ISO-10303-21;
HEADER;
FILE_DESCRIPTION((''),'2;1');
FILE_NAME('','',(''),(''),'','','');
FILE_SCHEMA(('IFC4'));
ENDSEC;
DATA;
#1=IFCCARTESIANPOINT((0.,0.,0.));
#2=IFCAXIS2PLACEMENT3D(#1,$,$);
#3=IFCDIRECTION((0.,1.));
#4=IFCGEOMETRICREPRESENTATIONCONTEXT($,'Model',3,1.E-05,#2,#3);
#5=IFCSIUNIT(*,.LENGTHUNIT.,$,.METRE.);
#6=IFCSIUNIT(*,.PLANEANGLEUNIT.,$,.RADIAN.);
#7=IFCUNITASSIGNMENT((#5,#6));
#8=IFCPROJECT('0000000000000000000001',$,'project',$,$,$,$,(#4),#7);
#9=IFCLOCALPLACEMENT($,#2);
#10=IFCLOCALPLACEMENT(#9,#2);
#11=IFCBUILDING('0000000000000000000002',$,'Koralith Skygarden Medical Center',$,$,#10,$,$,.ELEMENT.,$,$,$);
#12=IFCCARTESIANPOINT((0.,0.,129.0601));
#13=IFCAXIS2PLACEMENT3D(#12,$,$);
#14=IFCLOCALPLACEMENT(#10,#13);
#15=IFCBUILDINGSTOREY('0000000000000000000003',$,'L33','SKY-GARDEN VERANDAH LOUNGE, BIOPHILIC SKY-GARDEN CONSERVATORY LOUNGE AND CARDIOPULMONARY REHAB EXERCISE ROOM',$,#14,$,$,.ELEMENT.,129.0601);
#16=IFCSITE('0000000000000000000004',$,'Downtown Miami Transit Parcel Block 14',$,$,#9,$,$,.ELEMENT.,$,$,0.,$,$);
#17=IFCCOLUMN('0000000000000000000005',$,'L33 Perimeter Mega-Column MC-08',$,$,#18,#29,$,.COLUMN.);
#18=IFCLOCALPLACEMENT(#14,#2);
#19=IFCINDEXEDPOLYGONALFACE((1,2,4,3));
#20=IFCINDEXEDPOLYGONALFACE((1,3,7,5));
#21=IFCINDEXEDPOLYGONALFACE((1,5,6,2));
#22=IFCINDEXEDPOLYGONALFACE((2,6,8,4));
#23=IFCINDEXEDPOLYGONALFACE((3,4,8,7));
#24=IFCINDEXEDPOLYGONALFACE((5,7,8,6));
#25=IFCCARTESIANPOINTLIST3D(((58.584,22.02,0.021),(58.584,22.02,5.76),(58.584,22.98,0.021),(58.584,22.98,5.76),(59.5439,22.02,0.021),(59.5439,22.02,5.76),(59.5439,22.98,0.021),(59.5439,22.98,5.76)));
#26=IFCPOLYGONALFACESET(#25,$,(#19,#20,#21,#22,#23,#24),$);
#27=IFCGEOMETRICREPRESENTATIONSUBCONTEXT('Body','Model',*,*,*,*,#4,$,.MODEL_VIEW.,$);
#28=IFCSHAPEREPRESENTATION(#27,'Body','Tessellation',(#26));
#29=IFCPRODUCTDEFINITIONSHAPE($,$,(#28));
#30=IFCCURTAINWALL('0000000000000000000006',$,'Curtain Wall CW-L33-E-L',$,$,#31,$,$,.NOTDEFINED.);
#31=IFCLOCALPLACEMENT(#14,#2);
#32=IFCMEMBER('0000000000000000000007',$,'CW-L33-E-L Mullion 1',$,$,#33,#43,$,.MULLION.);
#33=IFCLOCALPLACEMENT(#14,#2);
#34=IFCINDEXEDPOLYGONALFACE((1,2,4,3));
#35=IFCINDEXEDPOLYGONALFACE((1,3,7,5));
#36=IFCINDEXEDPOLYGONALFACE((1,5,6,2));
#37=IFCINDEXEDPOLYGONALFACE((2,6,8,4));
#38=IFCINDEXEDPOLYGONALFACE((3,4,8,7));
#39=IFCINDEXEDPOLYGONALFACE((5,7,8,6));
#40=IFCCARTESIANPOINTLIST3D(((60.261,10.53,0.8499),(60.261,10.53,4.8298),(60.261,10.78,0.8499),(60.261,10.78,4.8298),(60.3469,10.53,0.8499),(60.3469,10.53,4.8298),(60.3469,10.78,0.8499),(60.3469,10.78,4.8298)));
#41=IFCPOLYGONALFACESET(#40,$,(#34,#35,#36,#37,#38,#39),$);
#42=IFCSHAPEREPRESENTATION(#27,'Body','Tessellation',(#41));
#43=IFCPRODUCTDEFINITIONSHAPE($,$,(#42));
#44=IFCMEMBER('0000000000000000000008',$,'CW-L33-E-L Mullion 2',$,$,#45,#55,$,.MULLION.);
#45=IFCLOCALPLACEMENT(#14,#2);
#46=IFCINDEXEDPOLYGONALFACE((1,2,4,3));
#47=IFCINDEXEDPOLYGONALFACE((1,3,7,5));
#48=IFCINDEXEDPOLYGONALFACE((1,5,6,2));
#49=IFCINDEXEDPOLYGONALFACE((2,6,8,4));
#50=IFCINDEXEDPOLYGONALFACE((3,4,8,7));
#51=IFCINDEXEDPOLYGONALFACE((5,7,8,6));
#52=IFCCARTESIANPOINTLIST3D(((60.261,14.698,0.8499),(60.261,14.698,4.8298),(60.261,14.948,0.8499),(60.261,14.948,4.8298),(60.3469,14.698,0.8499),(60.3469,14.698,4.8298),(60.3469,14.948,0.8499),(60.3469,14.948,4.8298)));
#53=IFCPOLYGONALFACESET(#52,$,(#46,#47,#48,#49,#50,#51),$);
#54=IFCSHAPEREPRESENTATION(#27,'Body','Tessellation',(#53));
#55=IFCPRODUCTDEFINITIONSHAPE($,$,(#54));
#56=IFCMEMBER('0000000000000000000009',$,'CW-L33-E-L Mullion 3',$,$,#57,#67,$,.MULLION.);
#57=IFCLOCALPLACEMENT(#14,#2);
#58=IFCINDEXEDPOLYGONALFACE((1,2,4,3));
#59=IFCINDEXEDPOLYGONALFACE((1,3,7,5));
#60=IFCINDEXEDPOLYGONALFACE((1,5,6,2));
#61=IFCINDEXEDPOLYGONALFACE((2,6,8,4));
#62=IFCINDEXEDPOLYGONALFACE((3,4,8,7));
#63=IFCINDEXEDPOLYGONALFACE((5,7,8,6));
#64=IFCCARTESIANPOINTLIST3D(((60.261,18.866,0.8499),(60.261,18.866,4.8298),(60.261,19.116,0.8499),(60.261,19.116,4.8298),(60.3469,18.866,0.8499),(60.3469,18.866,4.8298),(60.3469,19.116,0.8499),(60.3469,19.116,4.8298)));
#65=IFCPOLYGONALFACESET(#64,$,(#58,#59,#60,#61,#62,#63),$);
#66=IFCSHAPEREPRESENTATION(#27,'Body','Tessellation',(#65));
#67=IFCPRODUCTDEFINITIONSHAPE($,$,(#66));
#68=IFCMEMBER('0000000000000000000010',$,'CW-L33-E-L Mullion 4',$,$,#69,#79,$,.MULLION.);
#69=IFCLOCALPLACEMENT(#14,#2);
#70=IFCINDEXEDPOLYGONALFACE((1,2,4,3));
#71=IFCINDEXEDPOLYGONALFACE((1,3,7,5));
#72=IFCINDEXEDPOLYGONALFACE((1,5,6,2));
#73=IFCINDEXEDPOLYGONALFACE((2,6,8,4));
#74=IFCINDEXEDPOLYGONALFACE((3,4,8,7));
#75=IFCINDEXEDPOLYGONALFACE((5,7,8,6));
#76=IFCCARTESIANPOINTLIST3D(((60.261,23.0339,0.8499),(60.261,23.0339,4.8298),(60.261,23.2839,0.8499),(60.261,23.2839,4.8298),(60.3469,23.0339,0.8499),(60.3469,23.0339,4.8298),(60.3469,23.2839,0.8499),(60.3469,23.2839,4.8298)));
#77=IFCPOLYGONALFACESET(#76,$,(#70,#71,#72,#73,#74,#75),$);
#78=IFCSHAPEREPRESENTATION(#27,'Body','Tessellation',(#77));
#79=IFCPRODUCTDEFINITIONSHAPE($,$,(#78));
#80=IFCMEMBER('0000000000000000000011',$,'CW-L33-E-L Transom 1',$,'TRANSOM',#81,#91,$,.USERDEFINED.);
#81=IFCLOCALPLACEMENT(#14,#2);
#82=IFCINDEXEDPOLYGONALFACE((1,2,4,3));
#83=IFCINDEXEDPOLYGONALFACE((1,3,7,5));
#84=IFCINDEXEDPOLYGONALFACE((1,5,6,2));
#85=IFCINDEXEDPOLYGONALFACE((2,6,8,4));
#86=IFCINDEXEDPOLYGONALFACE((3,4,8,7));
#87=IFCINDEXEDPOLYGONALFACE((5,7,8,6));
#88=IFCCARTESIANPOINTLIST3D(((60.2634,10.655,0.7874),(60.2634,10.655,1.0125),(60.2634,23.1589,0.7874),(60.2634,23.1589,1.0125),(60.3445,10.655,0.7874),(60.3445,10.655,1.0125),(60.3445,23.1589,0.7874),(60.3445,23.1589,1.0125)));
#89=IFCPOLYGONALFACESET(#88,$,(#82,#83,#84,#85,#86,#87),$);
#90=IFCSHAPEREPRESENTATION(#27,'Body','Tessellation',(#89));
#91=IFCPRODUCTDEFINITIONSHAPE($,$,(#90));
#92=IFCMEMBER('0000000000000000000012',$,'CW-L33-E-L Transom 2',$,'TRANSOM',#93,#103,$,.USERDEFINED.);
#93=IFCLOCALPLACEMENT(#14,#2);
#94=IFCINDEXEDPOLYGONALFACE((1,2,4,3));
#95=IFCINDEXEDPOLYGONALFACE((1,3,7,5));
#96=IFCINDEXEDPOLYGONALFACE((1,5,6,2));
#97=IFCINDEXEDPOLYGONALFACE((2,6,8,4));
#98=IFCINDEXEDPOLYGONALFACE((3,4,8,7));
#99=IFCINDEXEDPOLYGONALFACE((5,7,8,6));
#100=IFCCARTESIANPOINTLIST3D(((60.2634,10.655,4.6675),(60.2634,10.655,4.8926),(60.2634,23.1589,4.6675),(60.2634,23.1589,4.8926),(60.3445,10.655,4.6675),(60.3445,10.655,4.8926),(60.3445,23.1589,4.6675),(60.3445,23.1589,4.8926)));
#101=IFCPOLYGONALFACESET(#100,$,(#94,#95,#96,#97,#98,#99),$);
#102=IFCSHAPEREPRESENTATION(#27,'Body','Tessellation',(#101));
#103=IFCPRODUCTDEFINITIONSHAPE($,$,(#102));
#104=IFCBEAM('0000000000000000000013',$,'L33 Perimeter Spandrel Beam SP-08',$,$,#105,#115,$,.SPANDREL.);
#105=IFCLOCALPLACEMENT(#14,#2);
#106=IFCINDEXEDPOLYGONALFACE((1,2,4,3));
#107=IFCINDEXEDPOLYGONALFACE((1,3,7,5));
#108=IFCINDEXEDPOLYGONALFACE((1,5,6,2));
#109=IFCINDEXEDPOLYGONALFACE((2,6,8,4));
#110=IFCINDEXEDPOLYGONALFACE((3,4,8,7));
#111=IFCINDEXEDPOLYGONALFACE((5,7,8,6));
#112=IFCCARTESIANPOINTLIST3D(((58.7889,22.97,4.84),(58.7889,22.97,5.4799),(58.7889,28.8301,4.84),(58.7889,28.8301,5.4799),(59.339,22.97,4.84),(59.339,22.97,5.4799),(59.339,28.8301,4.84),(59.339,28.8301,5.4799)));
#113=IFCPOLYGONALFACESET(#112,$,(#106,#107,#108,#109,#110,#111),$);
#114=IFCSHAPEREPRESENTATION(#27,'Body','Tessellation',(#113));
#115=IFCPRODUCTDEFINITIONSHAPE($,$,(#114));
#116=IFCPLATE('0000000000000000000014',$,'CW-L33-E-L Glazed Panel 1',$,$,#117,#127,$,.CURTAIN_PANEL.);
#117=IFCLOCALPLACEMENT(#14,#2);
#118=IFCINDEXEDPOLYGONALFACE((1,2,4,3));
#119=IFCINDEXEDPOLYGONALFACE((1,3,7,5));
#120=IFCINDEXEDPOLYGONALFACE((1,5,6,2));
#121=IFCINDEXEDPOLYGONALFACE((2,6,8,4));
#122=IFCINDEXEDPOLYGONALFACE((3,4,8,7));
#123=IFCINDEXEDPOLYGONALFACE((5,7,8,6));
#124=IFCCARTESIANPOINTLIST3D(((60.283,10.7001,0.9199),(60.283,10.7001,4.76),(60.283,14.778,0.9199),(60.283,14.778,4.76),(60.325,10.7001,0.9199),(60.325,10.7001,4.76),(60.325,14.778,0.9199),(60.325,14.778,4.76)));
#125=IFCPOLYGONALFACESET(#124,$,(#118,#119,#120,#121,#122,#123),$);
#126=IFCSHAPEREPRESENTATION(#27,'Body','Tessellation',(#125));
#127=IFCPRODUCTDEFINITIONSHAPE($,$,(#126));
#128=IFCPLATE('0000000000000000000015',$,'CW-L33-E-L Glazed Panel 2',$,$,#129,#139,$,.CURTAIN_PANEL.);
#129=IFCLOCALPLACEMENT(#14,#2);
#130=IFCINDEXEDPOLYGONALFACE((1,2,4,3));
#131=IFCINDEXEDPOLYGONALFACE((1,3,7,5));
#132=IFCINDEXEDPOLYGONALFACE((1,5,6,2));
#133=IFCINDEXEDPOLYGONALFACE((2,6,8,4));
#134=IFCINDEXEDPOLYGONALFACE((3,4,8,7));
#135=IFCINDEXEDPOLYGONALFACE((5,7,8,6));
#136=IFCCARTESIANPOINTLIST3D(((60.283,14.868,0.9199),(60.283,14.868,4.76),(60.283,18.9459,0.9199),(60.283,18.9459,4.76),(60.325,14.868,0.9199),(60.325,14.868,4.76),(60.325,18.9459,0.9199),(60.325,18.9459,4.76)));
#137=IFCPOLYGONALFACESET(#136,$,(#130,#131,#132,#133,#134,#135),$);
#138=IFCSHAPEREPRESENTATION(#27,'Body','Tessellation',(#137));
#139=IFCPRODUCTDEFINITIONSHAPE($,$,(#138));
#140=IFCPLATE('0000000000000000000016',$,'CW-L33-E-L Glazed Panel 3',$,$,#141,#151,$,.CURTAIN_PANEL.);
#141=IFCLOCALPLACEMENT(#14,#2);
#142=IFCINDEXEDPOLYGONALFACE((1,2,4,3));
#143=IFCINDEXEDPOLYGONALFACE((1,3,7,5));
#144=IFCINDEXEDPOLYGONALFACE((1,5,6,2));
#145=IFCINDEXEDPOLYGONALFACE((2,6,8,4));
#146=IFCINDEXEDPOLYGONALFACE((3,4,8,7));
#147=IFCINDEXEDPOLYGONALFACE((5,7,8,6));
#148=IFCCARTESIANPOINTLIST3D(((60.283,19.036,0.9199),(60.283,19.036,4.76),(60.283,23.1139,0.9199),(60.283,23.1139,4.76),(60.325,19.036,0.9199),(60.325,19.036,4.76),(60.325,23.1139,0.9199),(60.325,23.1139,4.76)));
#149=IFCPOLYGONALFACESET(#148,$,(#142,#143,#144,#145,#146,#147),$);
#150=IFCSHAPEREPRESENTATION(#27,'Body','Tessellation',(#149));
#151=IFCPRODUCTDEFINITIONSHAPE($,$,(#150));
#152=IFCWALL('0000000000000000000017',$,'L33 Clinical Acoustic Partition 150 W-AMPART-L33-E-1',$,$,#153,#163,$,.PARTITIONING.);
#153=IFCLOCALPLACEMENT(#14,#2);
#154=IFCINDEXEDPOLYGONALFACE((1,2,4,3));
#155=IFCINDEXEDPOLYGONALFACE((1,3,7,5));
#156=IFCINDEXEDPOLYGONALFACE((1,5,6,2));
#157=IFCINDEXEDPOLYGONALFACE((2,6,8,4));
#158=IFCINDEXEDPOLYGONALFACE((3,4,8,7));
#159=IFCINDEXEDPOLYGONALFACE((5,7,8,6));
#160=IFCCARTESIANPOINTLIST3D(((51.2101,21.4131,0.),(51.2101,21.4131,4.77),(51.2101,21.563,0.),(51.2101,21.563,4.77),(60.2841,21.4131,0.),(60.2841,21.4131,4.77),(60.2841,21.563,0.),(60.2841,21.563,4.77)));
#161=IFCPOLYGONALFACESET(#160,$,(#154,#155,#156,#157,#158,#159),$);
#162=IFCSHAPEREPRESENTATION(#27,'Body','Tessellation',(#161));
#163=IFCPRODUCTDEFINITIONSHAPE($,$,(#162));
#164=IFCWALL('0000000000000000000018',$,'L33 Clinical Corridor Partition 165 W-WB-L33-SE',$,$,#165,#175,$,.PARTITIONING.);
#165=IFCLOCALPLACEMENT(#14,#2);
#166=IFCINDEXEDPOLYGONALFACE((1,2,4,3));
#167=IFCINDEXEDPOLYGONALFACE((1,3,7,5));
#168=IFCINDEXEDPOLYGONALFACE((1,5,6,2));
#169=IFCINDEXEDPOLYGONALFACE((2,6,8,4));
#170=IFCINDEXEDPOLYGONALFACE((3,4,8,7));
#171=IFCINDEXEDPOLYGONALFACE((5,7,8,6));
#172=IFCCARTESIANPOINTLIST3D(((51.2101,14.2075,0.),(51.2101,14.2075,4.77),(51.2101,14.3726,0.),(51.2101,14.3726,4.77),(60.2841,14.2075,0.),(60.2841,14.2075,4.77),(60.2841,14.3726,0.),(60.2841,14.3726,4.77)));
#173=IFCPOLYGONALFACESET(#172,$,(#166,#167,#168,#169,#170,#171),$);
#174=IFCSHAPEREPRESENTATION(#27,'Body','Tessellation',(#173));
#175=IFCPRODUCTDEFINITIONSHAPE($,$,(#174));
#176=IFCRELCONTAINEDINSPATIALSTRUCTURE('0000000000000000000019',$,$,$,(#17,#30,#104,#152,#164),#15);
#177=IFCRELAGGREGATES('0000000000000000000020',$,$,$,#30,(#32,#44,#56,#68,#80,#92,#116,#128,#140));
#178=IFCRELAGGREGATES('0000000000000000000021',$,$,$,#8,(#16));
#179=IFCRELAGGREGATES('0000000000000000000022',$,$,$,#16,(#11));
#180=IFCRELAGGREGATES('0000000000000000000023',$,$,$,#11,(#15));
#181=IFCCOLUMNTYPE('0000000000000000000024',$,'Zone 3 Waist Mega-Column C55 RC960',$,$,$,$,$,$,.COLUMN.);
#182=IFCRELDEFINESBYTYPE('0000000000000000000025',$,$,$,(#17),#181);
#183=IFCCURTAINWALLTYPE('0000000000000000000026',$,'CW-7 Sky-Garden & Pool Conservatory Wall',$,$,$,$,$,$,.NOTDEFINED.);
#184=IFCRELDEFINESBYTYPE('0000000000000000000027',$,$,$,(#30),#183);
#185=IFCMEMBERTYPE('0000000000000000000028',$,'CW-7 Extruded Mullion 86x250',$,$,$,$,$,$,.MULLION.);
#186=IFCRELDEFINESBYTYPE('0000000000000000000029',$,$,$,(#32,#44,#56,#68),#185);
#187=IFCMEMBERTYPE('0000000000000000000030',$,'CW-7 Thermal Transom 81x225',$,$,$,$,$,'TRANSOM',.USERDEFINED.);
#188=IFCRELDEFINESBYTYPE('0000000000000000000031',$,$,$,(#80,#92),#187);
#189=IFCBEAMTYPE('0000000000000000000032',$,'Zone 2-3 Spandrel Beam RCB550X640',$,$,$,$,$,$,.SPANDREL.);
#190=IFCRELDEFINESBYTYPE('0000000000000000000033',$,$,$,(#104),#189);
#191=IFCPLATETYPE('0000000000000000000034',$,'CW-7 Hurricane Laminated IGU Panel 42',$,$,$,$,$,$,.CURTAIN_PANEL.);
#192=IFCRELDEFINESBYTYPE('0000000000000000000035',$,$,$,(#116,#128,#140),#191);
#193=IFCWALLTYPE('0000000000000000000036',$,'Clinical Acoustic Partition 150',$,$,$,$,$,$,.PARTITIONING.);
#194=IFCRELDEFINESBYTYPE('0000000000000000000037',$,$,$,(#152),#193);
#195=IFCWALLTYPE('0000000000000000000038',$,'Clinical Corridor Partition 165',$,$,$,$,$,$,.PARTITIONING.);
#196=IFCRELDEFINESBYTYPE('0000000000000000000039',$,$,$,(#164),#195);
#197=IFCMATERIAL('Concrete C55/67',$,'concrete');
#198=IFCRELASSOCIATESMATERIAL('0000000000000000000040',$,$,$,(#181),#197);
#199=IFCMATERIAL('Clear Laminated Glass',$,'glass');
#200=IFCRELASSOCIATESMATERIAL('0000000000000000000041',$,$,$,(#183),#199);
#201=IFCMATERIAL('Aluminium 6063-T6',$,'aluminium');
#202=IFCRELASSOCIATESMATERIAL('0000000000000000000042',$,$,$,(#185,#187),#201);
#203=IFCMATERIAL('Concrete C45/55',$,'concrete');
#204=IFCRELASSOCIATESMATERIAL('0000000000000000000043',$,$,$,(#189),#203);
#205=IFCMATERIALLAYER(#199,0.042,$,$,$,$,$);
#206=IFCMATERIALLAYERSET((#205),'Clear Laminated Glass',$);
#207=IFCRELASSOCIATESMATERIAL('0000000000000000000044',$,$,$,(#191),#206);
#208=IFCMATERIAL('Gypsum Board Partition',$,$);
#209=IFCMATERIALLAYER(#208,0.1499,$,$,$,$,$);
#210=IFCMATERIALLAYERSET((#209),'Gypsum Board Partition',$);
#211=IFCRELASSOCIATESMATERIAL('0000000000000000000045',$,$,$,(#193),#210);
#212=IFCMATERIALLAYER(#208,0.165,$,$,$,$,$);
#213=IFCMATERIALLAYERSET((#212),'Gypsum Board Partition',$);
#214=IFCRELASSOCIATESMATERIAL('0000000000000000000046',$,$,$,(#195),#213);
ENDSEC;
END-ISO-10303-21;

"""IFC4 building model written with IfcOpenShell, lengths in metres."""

from ifc_helpers import new_model, si_unit, direction, frame, frame_2d, origin, origin_2d, place, context, subcontext, project, spatial, rectangle, extrude, material, layer, layer_set, material_profile, profile_set, type_object, element, aggregate, save


model = new_model("IFC4")

# Units and contexts
model_context = context("Model", 3, precision=1e-05, world=origin(), true_north=direction((0.0, 1.0)))
body_context = subcontext(model_context, "Body", "Model", "MODEL_VIEW")
ifc_project = project(units=[si_unit("LENGTHUNIT", "METRE"), si_unit("PLANEANGLEUNIT", "RADIAN")], contexts=[model_context])

# Site, building, storey
site_placement = place(None, origin())
site = spatial("IfcSite", under=ifc_project, at=site_placement, Name="Downtown Miami Transit Parcel Block 14", CompositionType="ELEMENT", RefElevation=0.0)
building_placement = place(site_placement, origin())
building = spatial("IfcBuilding", under=site, at=building_placement, Name="Koralith Skygarden Medical Center", CompositionType="ELEMENT")
storey_placement = place(building_placement, frame((0.0, 0.0, 129.0601)))
storey = spatial("IfcBuildingStorey", under=building, at=storey_placement, Name="L33", Description="SKY-GARDEN VERANDAH LOUNGE, BIOPHILIC SKY-GARDEN CONSERVATORY LOUNGE AND CARDIOPULMONARY REHAB EXERCISE ROOM", CompositionType="ELEMENT", Elevation=129.0601)

# Column
ifc_material_1 = material(Name="Concrete C55/67", Category="concrete")
ifc_material_profile_1 = material_profile(ifc_material_1, rectangle(XDim=0.96, YDim=0.96, at=origin_2d()), Name="RC960X960")
ifc_profile_set_1 = profile_set([ifc_material_profile_1], Name="Concrete C55/67")
column_type = type_object("IfcColumnType", Name="Zone 3 Waist Mega-Column C55 RC960", PredefinedType="COLUMN", material=ifc_profile_set_1)
column_placement = place(storey_placement, frame((59.064, 22.5, 0.021), z_axis=(0.0, 0.0, 1.0), x_axis=(1.0, 0.0, 0.0)))
element("IfcColumn", 1, at=column_placement, inside=storey, type_object=column_type, Name="L33 Perimeter Mega-Column MC-08", PredefinedType="COLUMN", context=body_context, shape_type="SweptSolid", body=[
    extrude(rectangle(XDim=0.96, YDim=0.96, at=origin_2d()), origin(), (0.0, 0.0, 1.0), 5.739),
])

# Curtain wall, members
ifc_material_2 = material(Name="Clear Laminated Glass", Category="glass")
curtain_wall_type = type_object("IfcCurtainWallType", Name="CW-7 Sky-Garden & Pool Conservatory Wall", PredefinedType="NOTDEFINED", material=ifc_material_2)
curtain_wall_placement = place(storey_placement, origin())
curtain_wall = element("IfcCurtainWall", 2, at=curtain_wall_placement, inside=storey, type_object=curtain_wall_type, Name="Curtain Wall CW-L33-E-L", PredefinedType="NOTDEFINED")
ifc_material_3 = material(Name="Aluminium 6063-T6", Category="aluminium")
ifc_material_profile_2 = material_profile(ifc_material_3, rectangle(XDim=0.0859, YDim=0.25, at=origin_2d()), Name="MUL86X250")
ifc_profile_set_2 = profile_set([ifc_material_profile_2], Name="Aluminium 6063-T6")
member_type_1 = type_object("IfcMemberType", Name="CW-7 Extruded Mullion 86x250", PredefinedType="MULLION", material=ifc_profile_set_2)
member_1_placement = place(storey_placement, frame((60.304, 10.655, 0.8499), z_axis=(0.0, 0.0, 1.0), x_axis=(1.0, 0.0, 0.0)))
member_1 = element("IfcMember", 3, at=member_1_placement, type_object=member_type_1, Name="CW-L33-E-L Mullion 1", PredefinedType="MULLION", context=body_context, shape_type="SweptSolid", body=[
    extrude(rectangle(XDim=0.0859, YDim=0.25, at=origin_2d()), origin(), (0.0, 0.0, 1.0), 3.98),
])
member_2_placement = place(storey_placement, frame((60.304, 14.823, 0.8499), z_axis=(0.0, 0.0, 1.0), x_axis=(1.0, 0.0, 0.0)))
member_2 = element("IfcMember", 4, at=member_2_placement, type_object=member_type_1, Name="CW-L33-E-L Mullion 2", PredefinedType="MULLION", context=body_context, shape_type="SweptSolid", body=[
    extrude(rectangle(XDim=0.0859, YDim=0.25, at=origin_2d()), origin(), (0.0, 0.0, 1.0), 3.98),
])
member_3_placement = place(storey_placement, frame((60.304, 18.991, 0.8499), z_axis=(0.0, 0.0, 1.0), x_axis=(1.0, 0.0, 0.0)))
member_3 = element("IfcMember", 5, at=member_3_placement, type_object=member_type_1, Name="CW-L33-E-L Mullion 3", PredefinedType="MULLION", context=body_context, shape_type="SweptSolid", body=[
    extrude(rectangle(XDim=0.0859, YDim=0.25, at=origin_2d()), origin(), (0.0, 0.0, 1.0), 3.98),
])
member_4_placement = place(storey_placement, frame((60.304, 23.1589, 0.8499), z_axis=(0.0, 0.0, 1.0), x_axis=(1.0, 0.0, 0.0)))
member_4 = element("IfcMember", 6, at=member_4_placement, type_object=member_type_1, Name="CW-L33-E-L Mullion 4", PredefinedType="MULLION", context=body_context, shape_type="SweptSolid", body=[
    extrude(rectangle(XDim=0.0859, YDim=0.25, at=origin_2d()), origin(), (0.0, 0.0, 1.0), 3.98),
])
ifc_material_profile_3 = material_profile(ifc_material_3, rectangle(XDim=0.0811, YDim=0.2251, at=origin_2d()), Name="TRN81X225")
ifc_profile_set_3 = profile_set([ifc_material_profile_3], Name="Aluminium 6063-T6")
member_type_2 = type_object("IfcMemberType", Name="CW-7 Thermal Transom 81x225", ElementType="TRANSOM", PredefinedType="USERDEFINED", material=ifc_profile_set_3)
member_5_placement = place(storey_placement, frame((60.304, 10.655, 0.8999), z_axis=(0.0, 1.0, 0.0), x_axis=(-1.0, 0.0, 0.0)))
member_5 = element("IfcMember", 7, at=member_5_placement, type_object=member_type_2, Name="CW-L33-E-L Transom 1", ObjectType="TRANSOM", PredefinedType="USERDEFINED", context=body_context, shape_type="SweptSolid", body=[
    extrude(rectangle(XDim=0.0811, YDim=0.2251, at=origin_2d()), origin(), (0.0, 0.0, 1.0), 12.5039),
])
member_6_placement = place(storey_placement, frame((60.304, 10.655, 4.78), z_axis=(0.0, 1.0, 0.0), x_axis=(-1.0, 0.0, 0.0)))
member_6 = element("IfcMember", 8, at=member_6_placement, type_object=member_type_2, Name="CW-L33-E-L Transom 2", ObjectType="TRANSOM", PredefinedType="USERDEFINED", context=body_context, shape_type="SweptSolid", body=[
    extrude(rectangle(XDim=0.0811, YDim=0.2251, at=origin_2d()), origin(), (0.0, 0.0, 1.0), 12.5039),
])

# Beam
ifc_material_4 = material(Name="Concrete C45/55", Category="concrete")
ifc_material_profile_4 = material_profile(ifc_material_4, rectangle(XDim=0.55, YDim=0.6399, at=origin_2d()), Name="RCB550X640")
ifc_profile_set_4 = profile_set([ifc_material_profile_4], Name="Concrete C45/55")
beam_type = type_object("IfcBeamType", Name="Zone 2-3 Spandrel Beam RCB550X640", PredefinedType="SPANDREL", material=ifc_profile_set_4)
beam_placement = place(storey_placement, frame((59.064, 22.97, 5.1599), z_axis=(0.0, 1.0, 0.0), x_axis=(-1.0, 0.0, 0.0)))
element("IfcBeam", 9, at=beam_placement, inside=storey, type_object=beam_type, Name="L33 Perimeter Spandrel Beam SP-08", PredefinedType="SPANDREL", context=body_context, shape_type="SweptSolid", body=[
    extrude(rectangle(XDim=0.55, YDim=0.6399, at=origin_2d()), origin(), (0.0, 0.0, 1.0), 5.8601),
])

# Plates
ifc_layer_1 = layer(ifc_material_2, 0.042)
ifc_layer_set_1 = layer_set([ifc_layer_1], Name="Clear Laminated Glass")
plate_type = type_object("IfcPlateType", Name="CW-7 Hurricane Laminated IGU Panel 42", PredefinedType="CURTAIN_PANEL", material=ifc_layer_set_1)
plate_1_placement = place(storey_placement, frame((60.304, 12.739, 0.9199), z_axis=(0.0, 0.0, 1.0), x_axis=(0.0, 1.0, 0.0)))
plate_1 = element("IfcPlate", 10, at=plate_1_placement, type_object=plate_type, Name="CW-L33-E-L Glazed Panel 1", PredefinedType="CURTAIN_PANEL", context=body_context, shape_type="SweptSolid", body=[
    extrude(rectangle(XDim=4.0779, YDim=0.042, at=origin_2d()), origin(), (0.0, 0.0, 1.0), 3.8401),
])
plate_2_placement = place(storey_placement, frame((60.304, 16.907, 0.9199), z_axis=(0.0, 0.0, 1.0), x_axis=(0.0, 1.0, 0.0)))
plate_2 = element("IfcPlate", 11, at=plate_2_placement, type_object=plate_type, Name="CW-L33-E-L Glazed Panel 2", PredefinedType="CURTAIN_PANEL", context=body_context, shape_type="SweptSolid", body=[
    extrude(rectangle(XDim=4.0779, YDim=0.042, at=origin_2d()), origin(), (0.0, 0.0, 1.0), 3.8401),
])
plate_3_placement = place(storey_placement, frame((60.304, 21.075, 0.9199), z_axis=(0.0, 0.0, 1.0), x_axis=(0.0, 1.0, 0.0)))
plate_3 = element("IfcPlate", 12, at=plate_3_placement, type_object=plate_type, Name="CW-L33-E-L Glazed Panel 3", PredefinedType="CURTAIN_PANEL", context=body_context, shape_type="SweptSolid", body=[
    extrude(rectangle(XDim=4.0779, YDim=0.042, at=origin_2d()), origin(), (0.0, 0.0, 1.0), 3.8401),
])
aggregate(curtain_wall, [member_1, member_2, member_3, member_4, member_5, member_6, plate_1, plate_2, plate_3])

# Walls
ifc_material_5 = material(Name="Gypsum Board Partition")
ifc_layer_2 = layer(ifc_material_5, 0.1499)
ifc_layer_set_2 = layer_set([ifc_layer_2], Name="Gypsum Board Partition")
wall_type_1 = type_object("IfcWallType", Name="Clinical Acoustic Partition 150", PredefinedType="PARTITIONING", material=ifc_layer_set_2)
wall_1_placement = place(storey_placement, frame((51.21, 21.488, 0.0), z_axis=(0.0, 0.0, 1.0), x_axis=(1.0, 0.0, 0.0)))
element("IfcWall", 13, at=wall_1_placement, inside=storey, type_object=wall_type_1, Name="L33 Clinical Acoustic Partition 150 W-AMPART-L33-E-1", PredefinedType="PARTITIONING", context=body_context, shape_type="SweptSolid", body=[
    extrude(rectangle(XDim=9.074, YDim=0.1499, at=frame_2d((4.5371, 0.0))), origin(), (0.0, 0.0, 1.0), 4.77),
])
ifc_layer_3 = layer(ifc_material_5, 0.165)
ifc_layer_set_3 = layer_set([ifc_layer_3], Name="Gypsum Board Partition")
wall_type_2 = type_object("IfcWallType", Name="Clinical Corridor Partition 165", PredefinedType="PARTITIONING", material=ifc_layer_set_3)
wall_2_placement = place(storey_placement, frame((51.21, 14.29, 0.0), z_axis=(0.0, 0.0, 1.0), x_axis=(1.0, 0.0, 0.0)))
element("IfcWall", 14, at=wall_2_placement, inside=storey, type_object=wall_type_2, Name="L33 Clinical Corridor Partition 165 W-WB-L33-SE", PredefinedType="PARTITIONING", context=body_context, shape_type="SweptSolid", body=[
    extrude(rectangle(XDim=9.074, YDim=0.165, at=frame_2d((4.5371, 0.0))), origin(), (0.0, 0.0, 1.0), 4.77),
])

save(model, "model.ifc")
